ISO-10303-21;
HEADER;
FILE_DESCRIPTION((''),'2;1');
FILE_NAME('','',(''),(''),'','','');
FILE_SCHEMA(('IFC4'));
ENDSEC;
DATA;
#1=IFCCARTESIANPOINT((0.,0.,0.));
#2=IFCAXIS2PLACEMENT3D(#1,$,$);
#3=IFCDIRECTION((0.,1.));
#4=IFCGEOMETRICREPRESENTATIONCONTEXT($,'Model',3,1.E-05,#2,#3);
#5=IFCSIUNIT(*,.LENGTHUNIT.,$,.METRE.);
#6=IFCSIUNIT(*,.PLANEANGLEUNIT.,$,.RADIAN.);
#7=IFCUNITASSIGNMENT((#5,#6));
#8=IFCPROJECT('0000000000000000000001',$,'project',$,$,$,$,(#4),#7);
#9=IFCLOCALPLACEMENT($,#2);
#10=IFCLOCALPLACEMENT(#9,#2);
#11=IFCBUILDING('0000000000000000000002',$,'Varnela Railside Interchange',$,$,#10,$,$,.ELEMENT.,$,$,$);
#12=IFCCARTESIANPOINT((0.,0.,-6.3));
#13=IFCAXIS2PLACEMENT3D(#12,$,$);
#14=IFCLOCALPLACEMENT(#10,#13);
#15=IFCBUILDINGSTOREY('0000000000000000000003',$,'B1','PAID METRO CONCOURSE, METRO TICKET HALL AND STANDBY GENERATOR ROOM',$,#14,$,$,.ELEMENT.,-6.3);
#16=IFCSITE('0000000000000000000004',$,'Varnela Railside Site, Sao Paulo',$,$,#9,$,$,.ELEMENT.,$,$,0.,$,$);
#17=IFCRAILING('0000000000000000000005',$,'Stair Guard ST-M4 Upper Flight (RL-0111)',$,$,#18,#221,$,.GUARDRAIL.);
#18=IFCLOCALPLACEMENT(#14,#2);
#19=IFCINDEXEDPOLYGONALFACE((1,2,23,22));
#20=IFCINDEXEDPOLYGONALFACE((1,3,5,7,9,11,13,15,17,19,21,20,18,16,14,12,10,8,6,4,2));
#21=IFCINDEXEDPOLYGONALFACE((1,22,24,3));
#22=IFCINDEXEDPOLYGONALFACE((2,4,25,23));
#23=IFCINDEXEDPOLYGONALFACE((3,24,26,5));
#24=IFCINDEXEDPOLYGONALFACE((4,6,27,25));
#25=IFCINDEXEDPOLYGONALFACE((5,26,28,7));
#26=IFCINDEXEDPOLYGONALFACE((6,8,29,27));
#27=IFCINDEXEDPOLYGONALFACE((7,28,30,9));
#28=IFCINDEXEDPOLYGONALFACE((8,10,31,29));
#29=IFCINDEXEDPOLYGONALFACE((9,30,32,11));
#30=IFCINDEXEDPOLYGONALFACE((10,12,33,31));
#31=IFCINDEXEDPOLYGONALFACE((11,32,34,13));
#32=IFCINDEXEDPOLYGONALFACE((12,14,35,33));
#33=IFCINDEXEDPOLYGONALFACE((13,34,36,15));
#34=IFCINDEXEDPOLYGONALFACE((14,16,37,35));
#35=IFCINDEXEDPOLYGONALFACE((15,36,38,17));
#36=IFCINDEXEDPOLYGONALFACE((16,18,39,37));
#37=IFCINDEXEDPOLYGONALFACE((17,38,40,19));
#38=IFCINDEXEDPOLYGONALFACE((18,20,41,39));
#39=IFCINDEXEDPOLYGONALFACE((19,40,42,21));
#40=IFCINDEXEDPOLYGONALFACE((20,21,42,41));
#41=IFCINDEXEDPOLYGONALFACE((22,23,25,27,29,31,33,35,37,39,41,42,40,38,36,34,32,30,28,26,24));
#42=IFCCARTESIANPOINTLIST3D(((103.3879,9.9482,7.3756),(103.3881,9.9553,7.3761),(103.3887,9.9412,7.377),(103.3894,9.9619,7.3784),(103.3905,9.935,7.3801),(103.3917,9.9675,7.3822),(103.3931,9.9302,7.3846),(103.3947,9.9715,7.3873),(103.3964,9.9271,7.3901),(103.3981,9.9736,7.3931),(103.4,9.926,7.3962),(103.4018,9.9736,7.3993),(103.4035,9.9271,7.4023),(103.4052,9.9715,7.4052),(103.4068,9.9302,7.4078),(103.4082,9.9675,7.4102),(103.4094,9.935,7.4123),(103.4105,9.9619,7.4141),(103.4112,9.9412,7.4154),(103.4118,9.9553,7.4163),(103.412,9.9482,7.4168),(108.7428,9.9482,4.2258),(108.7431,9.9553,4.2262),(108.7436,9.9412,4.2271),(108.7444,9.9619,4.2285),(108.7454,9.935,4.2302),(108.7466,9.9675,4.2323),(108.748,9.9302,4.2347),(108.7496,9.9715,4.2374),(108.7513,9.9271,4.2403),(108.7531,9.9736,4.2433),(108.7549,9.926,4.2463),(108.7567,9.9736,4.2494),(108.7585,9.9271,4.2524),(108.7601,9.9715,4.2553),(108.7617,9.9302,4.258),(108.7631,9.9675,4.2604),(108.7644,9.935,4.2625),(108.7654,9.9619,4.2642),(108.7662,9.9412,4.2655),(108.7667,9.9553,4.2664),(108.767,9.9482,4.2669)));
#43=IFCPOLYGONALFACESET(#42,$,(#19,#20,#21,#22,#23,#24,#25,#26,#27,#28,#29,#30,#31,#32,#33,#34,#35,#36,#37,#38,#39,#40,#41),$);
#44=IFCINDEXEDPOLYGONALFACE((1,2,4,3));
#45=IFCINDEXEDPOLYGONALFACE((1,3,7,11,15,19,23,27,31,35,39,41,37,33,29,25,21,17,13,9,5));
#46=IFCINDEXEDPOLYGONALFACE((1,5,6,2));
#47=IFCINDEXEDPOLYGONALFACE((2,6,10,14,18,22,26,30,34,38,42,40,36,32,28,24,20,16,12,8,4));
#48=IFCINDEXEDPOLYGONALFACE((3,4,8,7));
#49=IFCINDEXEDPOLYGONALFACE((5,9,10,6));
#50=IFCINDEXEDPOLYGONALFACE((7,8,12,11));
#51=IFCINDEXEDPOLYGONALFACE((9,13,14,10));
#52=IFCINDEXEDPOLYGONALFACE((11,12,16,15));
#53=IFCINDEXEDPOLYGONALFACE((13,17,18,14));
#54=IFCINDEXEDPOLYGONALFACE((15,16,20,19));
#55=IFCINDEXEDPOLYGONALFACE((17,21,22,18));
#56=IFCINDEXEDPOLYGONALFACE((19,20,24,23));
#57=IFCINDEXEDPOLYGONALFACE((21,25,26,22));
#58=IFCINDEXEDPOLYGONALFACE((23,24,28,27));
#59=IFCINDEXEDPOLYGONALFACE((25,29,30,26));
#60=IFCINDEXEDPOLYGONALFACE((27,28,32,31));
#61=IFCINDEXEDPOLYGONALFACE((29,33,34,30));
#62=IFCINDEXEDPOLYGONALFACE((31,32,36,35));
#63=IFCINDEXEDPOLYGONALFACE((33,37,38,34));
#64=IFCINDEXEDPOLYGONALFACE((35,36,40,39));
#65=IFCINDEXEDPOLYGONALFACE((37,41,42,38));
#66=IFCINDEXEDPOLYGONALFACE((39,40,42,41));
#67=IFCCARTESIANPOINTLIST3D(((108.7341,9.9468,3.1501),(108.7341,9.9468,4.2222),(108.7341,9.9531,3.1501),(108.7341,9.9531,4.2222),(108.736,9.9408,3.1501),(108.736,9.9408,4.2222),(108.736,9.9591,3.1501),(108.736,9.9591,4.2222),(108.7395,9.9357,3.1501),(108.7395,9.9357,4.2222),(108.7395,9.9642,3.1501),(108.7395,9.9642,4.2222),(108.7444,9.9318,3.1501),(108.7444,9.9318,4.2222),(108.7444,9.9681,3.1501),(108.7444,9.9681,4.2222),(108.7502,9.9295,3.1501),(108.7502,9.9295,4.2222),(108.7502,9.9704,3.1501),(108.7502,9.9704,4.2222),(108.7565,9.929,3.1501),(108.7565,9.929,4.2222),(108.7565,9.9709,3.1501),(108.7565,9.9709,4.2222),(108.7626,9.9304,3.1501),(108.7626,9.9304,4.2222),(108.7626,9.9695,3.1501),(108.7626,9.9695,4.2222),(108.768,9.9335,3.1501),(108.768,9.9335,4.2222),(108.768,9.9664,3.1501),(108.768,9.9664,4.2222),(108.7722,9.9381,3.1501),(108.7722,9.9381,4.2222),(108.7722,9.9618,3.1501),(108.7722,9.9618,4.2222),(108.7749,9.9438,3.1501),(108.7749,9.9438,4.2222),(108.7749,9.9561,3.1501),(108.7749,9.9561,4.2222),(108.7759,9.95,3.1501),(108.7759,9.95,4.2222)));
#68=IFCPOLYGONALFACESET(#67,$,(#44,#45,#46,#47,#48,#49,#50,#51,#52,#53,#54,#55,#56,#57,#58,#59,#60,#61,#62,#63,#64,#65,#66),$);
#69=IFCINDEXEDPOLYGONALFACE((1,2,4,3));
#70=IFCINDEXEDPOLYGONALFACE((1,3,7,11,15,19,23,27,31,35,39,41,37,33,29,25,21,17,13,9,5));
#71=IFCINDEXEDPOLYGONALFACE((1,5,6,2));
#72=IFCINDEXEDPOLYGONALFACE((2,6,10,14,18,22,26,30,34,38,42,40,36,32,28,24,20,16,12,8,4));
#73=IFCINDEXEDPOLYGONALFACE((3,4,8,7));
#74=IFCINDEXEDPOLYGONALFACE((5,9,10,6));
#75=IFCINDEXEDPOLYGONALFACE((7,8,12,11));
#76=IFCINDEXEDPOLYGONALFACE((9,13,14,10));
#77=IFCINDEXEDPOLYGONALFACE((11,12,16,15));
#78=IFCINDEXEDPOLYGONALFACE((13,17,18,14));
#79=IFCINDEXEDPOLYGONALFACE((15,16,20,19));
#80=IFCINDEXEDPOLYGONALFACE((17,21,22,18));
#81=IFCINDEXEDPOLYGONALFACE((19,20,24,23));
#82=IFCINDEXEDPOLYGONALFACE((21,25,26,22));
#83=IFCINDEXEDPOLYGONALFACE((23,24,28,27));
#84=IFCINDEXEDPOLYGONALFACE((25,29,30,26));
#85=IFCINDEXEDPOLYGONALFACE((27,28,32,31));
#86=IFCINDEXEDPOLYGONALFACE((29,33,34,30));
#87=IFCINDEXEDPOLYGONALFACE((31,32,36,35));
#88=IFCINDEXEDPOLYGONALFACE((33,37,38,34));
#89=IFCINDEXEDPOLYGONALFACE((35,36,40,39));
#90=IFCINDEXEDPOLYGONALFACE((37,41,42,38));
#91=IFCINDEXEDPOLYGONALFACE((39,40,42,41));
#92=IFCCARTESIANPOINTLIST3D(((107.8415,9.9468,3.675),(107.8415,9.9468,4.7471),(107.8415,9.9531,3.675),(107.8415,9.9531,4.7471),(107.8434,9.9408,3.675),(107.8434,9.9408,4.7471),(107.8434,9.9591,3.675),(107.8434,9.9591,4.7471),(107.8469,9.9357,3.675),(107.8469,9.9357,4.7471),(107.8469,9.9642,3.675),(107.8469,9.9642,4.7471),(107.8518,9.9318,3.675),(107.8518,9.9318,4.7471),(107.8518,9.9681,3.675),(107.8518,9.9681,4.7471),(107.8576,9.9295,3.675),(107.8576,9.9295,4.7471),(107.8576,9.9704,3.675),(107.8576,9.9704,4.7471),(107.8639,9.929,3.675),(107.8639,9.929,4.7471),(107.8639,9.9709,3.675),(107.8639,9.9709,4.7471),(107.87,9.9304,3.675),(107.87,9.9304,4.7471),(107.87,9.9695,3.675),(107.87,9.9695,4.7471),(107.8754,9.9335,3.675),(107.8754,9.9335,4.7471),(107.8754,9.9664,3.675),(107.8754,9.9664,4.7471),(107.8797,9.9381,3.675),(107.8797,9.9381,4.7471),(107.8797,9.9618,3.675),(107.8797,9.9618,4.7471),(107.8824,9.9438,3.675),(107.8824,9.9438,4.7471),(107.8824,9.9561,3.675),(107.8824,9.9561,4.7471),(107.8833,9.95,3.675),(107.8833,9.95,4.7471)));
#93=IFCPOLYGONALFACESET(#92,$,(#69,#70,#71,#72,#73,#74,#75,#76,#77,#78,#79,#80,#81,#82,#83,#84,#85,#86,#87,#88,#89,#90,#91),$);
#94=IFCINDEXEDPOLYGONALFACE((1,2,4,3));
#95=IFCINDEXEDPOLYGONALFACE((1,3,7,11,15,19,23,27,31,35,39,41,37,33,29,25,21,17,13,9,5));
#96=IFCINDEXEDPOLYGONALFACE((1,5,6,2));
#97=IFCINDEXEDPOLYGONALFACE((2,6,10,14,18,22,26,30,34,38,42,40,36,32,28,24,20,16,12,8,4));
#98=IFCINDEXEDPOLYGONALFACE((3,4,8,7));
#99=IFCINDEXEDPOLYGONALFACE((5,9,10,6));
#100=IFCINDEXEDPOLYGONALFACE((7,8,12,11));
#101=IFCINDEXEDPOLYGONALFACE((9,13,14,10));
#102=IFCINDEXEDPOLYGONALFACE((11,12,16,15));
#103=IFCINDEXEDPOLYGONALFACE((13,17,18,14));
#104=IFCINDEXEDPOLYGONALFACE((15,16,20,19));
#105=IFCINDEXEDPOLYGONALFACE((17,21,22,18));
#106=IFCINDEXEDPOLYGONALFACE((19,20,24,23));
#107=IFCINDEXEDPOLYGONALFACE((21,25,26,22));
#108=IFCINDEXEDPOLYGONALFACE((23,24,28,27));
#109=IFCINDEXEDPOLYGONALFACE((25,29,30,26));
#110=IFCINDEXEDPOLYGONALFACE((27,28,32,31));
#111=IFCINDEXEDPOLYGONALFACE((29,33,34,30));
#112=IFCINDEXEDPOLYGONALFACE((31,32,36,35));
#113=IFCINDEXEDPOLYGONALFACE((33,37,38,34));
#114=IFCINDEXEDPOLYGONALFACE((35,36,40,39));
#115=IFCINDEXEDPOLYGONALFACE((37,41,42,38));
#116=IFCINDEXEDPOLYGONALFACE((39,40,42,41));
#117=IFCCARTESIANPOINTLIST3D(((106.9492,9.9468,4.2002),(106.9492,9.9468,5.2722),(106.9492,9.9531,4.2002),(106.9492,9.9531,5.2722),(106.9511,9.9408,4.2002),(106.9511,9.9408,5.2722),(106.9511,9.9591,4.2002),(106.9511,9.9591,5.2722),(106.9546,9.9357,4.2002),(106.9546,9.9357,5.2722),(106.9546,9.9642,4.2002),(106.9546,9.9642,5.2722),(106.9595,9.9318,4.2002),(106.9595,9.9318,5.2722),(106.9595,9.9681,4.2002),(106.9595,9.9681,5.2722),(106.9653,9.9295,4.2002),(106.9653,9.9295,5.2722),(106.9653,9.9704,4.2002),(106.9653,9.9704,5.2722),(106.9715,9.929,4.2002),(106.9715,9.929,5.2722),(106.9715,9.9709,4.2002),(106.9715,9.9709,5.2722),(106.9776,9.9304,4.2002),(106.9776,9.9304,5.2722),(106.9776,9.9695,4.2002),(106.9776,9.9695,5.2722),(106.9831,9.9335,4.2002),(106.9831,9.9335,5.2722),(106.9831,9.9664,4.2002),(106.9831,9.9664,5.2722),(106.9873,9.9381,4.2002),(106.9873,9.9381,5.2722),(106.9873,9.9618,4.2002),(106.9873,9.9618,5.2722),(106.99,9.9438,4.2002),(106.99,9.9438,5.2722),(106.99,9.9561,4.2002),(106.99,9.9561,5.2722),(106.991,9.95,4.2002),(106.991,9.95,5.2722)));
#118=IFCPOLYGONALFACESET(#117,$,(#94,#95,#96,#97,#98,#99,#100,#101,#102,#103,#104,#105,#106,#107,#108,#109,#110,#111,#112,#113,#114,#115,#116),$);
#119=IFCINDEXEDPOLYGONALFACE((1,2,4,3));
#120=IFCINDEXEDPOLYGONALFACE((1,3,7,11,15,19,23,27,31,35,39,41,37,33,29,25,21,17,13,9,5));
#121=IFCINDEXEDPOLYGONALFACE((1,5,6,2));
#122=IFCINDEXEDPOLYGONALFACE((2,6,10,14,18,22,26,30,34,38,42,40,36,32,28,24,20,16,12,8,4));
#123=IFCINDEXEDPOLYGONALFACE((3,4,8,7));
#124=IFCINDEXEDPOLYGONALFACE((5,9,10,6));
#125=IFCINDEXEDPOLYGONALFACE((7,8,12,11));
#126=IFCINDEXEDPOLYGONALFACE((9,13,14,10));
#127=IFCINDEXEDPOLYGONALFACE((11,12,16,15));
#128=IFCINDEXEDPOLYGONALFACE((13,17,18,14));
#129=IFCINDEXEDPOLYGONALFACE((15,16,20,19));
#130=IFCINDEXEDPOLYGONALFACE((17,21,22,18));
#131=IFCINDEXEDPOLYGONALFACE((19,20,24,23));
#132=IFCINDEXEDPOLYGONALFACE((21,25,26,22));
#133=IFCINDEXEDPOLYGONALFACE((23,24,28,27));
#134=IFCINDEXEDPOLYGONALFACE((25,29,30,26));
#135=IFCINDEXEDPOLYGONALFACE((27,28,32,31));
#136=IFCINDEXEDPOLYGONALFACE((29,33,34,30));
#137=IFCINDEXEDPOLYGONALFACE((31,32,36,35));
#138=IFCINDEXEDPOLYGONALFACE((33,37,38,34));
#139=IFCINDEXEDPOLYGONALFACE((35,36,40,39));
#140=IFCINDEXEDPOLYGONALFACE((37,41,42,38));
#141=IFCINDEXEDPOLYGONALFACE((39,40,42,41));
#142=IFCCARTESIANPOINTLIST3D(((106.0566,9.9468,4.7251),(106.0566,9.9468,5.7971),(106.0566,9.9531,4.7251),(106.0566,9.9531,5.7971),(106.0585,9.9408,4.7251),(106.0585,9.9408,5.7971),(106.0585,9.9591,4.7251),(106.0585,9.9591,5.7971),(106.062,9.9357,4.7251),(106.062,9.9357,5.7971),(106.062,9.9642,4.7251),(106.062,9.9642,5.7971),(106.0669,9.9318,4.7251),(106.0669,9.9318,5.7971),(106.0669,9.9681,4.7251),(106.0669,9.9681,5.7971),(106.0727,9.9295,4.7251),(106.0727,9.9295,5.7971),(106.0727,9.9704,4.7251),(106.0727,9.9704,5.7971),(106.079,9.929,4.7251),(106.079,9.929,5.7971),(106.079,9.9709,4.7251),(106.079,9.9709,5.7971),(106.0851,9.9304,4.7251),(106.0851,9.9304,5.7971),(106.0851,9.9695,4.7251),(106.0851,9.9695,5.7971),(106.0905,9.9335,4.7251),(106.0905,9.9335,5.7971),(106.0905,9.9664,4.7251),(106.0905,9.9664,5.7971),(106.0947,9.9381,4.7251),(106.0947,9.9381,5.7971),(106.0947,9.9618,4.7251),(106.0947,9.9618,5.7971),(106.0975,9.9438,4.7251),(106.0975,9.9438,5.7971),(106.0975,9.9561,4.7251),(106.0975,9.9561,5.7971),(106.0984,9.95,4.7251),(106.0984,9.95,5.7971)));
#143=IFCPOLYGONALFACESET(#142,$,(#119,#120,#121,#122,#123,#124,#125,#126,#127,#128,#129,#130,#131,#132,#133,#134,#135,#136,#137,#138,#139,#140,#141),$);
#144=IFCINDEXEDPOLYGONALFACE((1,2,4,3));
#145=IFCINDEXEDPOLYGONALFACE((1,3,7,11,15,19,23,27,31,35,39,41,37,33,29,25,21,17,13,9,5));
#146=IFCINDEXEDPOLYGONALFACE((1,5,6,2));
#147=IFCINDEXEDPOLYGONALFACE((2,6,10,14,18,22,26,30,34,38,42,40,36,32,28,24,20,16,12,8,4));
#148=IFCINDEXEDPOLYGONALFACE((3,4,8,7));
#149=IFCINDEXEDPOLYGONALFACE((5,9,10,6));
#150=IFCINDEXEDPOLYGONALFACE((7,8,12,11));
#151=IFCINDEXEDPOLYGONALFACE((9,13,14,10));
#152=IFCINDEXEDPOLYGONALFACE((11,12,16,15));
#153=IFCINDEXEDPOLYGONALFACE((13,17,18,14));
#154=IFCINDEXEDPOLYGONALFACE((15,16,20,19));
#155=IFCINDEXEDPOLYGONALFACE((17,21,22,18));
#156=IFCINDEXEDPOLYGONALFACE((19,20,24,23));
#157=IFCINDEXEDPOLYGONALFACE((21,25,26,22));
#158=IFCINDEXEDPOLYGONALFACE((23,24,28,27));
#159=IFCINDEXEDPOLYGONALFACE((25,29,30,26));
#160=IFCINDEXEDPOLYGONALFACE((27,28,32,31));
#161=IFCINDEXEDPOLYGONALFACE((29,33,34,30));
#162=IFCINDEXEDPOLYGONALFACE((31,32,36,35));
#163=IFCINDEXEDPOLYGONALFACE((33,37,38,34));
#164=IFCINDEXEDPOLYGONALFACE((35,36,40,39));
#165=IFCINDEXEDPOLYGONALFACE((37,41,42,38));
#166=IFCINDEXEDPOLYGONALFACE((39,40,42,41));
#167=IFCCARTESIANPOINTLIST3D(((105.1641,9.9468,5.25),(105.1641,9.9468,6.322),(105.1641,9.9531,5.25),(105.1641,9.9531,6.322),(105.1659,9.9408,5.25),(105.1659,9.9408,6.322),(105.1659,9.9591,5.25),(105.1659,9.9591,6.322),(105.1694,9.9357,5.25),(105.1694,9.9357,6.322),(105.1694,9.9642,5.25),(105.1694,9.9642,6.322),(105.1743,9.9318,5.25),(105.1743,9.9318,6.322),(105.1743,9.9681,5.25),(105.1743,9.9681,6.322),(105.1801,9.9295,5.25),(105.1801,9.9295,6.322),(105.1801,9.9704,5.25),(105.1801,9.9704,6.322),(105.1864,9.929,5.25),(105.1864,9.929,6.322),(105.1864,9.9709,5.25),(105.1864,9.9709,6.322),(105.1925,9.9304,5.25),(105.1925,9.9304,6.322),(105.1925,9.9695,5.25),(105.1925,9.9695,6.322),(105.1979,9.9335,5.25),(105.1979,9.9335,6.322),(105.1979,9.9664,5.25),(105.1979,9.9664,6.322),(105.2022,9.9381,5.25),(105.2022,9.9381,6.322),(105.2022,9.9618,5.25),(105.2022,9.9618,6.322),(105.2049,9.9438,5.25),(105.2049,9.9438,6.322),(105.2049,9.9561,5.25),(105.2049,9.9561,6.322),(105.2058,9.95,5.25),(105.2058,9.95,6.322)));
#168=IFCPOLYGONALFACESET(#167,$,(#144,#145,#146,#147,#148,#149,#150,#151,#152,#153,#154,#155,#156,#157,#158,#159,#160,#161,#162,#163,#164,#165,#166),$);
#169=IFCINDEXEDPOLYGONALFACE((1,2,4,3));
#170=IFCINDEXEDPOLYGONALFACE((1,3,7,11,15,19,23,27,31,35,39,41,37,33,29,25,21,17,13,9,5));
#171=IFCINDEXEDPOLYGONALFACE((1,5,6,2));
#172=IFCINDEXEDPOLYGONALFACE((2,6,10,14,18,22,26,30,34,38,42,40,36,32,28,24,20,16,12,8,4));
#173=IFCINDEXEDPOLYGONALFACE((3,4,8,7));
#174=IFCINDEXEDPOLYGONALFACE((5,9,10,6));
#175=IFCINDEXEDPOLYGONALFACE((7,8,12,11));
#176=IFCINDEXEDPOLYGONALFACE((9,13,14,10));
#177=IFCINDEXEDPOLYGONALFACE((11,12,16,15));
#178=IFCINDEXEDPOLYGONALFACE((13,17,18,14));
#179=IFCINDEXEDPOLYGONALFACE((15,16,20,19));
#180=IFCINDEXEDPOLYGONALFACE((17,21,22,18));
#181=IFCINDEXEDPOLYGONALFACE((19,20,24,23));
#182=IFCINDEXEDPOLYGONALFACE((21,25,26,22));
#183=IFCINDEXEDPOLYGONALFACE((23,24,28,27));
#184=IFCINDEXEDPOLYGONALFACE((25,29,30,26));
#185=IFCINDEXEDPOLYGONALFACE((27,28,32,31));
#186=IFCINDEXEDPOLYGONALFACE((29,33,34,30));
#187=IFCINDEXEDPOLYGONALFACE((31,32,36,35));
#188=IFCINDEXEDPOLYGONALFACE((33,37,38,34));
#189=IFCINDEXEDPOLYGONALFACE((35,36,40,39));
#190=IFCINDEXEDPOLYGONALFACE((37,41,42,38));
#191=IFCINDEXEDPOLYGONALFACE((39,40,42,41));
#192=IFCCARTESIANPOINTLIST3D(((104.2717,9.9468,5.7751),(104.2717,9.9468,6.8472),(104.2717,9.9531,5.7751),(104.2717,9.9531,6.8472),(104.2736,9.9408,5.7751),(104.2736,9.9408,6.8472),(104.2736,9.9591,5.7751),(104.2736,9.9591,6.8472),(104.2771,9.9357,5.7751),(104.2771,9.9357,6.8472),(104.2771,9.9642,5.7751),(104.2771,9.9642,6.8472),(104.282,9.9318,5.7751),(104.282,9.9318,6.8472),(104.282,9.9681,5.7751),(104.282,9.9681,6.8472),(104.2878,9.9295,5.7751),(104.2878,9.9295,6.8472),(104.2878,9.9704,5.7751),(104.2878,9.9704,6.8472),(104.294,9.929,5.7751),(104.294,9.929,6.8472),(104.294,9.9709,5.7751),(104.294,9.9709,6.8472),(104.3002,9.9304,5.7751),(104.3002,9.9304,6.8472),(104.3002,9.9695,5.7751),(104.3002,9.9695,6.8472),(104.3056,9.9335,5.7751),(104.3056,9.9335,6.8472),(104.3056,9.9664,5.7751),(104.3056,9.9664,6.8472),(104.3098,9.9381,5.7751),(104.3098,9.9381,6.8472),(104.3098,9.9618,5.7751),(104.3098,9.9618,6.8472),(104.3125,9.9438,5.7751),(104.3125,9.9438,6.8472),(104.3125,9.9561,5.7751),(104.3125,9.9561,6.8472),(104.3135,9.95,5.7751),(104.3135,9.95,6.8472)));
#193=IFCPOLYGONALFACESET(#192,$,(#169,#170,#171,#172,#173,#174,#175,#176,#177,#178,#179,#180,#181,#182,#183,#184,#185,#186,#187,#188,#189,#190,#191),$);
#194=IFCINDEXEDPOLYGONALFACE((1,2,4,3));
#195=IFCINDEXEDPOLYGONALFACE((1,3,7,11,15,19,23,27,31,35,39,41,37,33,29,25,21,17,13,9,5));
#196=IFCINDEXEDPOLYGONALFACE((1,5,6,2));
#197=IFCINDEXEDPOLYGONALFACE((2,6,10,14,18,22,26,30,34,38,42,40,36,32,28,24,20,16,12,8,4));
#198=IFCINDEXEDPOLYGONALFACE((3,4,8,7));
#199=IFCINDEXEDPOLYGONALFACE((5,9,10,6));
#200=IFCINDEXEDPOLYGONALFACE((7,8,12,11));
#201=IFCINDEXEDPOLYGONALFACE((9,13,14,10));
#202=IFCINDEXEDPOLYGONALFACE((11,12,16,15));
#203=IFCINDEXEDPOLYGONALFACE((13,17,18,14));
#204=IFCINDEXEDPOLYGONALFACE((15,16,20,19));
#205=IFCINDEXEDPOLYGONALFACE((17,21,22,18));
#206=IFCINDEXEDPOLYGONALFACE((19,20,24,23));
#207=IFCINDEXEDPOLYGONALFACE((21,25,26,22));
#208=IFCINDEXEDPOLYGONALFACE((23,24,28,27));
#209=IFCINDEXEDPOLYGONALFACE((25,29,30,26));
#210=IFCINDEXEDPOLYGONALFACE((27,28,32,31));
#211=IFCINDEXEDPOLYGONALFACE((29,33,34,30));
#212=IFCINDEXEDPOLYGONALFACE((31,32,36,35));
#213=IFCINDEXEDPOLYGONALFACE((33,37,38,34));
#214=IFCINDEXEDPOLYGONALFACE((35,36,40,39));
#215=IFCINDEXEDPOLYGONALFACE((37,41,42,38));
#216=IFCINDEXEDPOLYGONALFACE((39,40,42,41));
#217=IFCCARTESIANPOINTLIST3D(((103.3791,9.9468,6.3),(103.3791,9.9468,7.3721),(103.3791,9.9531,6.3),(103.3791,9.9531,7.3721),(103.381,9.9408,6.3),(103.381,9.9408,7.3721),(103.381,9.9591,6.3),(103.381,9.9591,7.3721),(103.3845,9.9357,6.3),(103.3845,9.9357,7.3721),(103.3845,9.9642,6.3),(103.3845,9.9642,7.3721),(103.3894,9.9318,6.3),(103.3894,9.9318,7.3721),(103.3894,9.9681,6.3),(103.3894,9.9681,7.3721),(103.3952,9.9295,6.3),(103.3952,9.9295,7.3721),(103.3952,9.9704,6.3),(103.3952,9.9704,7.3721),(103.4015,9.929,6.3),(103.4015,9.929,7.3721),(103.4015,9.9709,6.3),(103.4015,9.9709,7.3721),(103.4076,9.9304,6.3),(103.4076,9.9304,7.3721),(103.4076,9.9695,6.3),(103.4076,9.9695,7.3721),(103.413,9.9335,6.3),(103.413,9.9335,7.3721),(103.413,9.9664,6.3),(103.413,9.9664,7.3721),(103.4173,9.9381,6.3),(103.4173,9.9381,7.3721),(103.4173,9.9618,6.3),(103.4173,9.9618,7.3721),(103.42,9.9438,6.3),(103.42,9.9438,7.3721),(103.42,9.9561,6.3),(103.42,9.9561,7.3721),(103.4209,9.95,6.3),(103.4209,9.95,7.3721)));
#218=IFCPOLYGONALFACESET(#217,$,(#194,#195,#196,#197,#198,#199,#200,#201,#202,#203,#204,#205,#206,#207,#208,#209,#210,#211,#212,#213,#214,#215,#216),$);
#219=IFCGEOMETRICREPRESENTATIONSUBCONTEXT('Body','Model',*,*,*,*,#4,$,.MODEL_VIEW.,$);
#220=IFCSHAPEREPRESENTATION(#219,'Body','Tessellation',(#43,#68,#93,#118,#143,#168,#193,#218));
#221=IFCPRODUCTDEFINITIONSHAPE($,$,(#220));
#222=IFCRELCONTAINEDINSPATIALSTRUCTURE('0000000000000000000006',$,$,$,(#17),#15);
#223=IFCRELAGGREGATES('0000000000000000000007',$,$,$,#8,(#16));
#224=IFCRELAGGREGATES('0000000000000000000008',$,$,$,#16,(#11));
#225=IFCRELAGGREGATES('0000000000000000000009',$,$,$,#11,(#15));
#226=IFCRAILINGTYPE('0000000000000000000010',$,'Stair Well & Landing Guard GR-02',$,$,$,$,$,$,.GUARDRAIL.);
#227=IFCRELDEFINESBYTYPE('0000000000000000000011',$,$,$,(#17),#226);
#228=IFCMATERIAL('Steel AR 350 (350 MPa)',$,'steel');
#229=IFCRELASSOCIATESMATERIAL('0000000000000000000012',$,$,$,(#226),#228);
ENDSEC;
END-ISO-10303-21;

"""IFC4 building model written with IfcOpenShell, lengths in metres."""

from ifc_helpers import new_model, si_unit, direction, frame, origin, origin_2d, place, context, subcontext, project, spatial, circle, extrude, material, type_object, element, save


model = new_model("IFC4")

# Units and contexts
model_context = context("Model", 3, precision=1e-05, world=origin(), true_north=direction((0.0, 1.0)))
body_context = subcontext(model_context, "Body", "Model", "MODEL_VIEW")
ifc_project = project(units=[si_unit("LENGTHUNIT", "METRE"), si_unit("PLANEANGLEUNIT", "RADIAN")], contexts=[model_context])

# Site, building, storey
site_placement = place(None, origin())
site = spatial("IfcSite", under=ifc_project, at=site_placement, Name="Varnela Railside Site, Sao Paulo", CompositionType="ELEMENT", RefElevation=0.0)
building_placement = place(site_placement, origin())
building = spatial("IfcBuilding", under=site, at=building_placement, Name="Varnela Railside Interchange", CompositionType="ELEMENT")
storey_placement = place(building_placement, frame((0.0, 0.0, -6.3)))
storey = spatial("IfcBuildingStorey", under=building, at=storey_placement, Name="B1", Description="PAID METRO CONCOURSE, METRO TICKET HALL AND STANDBY GENERATOR ROOM", CompositionType="ELEMENT", Elevation=-6.3)

# Shared definitions
ifc_material_1 = material(Name="Steel AR 350 (350 MPa)", Category="steel")

# Railing
railing_type_1 = type_object("IfcRailingType", Name="Stair Well & Landing Guard GR-02", PredefinedType="GUARDRAIL", material=ifc_material_1)
railing_1_placement = place(storey_placement, frame((108.7549, 9.95, 3.1501)))
element("IfcRailing", 1, at=railing_1_placement, inside=storey, type_object=railing_type_1, Name="Stair Guard ST-M4 Upper Flight (RL-0111)", PredefinedType="GUARDRAIL", context=body_context, shape_type="SweptSolid", body=[
    extrude(circle(Radius=0.0239, at=origin_2d()), frame((0.0, 0.0, 1.0962), z_axis=(-0.86194, 0.0, 0.50701), x_axis=(0.0, -1.0, 0.0)), (0.0, 0.0, 1.0), 6.2126),
    extrude(circle(Radius=0.021, at=origin_2d()), origin(), (0.0, 0.0, 1.0), 1.072),
    extrude(circle(Radius=0.021, at=origin_2d()), frame((-0.8926, 0.0, 0.5249)), (0.0, 0.0, 1.0), 1.072),
    extrude(circle(Radius=0.021, at=origin_2d()), frame((-1.7849, 0.0, 1.05)), (0.0, 0.0, 1.0), 1.072),
    extrude(circle(Radius=0.021, at=origin_2d()), frame((-2.6775, 0.0, 1.575)), (0.0, 0.0, 1.0), 1.072),
    extrude(circle(Radius=0.021, at=origin_2d()), frame((-3.5701, 0.0, 2.0999)), (0.0, 0.0, 1.0), 1.072),
    extrude(circle(Radius=0.021, at=origin_2d()), frame((-4.4624, 0.0, 2.625)), (0.0, 0.0, 1.0), 1.072),
    extrude(circle(Radius=0.021, at=origin_2d()), frame((-5.355, 0.0, 3.1499)), (0.0, 0.0, 1.0), 1.072),
])

save(model, "model.ifc")
